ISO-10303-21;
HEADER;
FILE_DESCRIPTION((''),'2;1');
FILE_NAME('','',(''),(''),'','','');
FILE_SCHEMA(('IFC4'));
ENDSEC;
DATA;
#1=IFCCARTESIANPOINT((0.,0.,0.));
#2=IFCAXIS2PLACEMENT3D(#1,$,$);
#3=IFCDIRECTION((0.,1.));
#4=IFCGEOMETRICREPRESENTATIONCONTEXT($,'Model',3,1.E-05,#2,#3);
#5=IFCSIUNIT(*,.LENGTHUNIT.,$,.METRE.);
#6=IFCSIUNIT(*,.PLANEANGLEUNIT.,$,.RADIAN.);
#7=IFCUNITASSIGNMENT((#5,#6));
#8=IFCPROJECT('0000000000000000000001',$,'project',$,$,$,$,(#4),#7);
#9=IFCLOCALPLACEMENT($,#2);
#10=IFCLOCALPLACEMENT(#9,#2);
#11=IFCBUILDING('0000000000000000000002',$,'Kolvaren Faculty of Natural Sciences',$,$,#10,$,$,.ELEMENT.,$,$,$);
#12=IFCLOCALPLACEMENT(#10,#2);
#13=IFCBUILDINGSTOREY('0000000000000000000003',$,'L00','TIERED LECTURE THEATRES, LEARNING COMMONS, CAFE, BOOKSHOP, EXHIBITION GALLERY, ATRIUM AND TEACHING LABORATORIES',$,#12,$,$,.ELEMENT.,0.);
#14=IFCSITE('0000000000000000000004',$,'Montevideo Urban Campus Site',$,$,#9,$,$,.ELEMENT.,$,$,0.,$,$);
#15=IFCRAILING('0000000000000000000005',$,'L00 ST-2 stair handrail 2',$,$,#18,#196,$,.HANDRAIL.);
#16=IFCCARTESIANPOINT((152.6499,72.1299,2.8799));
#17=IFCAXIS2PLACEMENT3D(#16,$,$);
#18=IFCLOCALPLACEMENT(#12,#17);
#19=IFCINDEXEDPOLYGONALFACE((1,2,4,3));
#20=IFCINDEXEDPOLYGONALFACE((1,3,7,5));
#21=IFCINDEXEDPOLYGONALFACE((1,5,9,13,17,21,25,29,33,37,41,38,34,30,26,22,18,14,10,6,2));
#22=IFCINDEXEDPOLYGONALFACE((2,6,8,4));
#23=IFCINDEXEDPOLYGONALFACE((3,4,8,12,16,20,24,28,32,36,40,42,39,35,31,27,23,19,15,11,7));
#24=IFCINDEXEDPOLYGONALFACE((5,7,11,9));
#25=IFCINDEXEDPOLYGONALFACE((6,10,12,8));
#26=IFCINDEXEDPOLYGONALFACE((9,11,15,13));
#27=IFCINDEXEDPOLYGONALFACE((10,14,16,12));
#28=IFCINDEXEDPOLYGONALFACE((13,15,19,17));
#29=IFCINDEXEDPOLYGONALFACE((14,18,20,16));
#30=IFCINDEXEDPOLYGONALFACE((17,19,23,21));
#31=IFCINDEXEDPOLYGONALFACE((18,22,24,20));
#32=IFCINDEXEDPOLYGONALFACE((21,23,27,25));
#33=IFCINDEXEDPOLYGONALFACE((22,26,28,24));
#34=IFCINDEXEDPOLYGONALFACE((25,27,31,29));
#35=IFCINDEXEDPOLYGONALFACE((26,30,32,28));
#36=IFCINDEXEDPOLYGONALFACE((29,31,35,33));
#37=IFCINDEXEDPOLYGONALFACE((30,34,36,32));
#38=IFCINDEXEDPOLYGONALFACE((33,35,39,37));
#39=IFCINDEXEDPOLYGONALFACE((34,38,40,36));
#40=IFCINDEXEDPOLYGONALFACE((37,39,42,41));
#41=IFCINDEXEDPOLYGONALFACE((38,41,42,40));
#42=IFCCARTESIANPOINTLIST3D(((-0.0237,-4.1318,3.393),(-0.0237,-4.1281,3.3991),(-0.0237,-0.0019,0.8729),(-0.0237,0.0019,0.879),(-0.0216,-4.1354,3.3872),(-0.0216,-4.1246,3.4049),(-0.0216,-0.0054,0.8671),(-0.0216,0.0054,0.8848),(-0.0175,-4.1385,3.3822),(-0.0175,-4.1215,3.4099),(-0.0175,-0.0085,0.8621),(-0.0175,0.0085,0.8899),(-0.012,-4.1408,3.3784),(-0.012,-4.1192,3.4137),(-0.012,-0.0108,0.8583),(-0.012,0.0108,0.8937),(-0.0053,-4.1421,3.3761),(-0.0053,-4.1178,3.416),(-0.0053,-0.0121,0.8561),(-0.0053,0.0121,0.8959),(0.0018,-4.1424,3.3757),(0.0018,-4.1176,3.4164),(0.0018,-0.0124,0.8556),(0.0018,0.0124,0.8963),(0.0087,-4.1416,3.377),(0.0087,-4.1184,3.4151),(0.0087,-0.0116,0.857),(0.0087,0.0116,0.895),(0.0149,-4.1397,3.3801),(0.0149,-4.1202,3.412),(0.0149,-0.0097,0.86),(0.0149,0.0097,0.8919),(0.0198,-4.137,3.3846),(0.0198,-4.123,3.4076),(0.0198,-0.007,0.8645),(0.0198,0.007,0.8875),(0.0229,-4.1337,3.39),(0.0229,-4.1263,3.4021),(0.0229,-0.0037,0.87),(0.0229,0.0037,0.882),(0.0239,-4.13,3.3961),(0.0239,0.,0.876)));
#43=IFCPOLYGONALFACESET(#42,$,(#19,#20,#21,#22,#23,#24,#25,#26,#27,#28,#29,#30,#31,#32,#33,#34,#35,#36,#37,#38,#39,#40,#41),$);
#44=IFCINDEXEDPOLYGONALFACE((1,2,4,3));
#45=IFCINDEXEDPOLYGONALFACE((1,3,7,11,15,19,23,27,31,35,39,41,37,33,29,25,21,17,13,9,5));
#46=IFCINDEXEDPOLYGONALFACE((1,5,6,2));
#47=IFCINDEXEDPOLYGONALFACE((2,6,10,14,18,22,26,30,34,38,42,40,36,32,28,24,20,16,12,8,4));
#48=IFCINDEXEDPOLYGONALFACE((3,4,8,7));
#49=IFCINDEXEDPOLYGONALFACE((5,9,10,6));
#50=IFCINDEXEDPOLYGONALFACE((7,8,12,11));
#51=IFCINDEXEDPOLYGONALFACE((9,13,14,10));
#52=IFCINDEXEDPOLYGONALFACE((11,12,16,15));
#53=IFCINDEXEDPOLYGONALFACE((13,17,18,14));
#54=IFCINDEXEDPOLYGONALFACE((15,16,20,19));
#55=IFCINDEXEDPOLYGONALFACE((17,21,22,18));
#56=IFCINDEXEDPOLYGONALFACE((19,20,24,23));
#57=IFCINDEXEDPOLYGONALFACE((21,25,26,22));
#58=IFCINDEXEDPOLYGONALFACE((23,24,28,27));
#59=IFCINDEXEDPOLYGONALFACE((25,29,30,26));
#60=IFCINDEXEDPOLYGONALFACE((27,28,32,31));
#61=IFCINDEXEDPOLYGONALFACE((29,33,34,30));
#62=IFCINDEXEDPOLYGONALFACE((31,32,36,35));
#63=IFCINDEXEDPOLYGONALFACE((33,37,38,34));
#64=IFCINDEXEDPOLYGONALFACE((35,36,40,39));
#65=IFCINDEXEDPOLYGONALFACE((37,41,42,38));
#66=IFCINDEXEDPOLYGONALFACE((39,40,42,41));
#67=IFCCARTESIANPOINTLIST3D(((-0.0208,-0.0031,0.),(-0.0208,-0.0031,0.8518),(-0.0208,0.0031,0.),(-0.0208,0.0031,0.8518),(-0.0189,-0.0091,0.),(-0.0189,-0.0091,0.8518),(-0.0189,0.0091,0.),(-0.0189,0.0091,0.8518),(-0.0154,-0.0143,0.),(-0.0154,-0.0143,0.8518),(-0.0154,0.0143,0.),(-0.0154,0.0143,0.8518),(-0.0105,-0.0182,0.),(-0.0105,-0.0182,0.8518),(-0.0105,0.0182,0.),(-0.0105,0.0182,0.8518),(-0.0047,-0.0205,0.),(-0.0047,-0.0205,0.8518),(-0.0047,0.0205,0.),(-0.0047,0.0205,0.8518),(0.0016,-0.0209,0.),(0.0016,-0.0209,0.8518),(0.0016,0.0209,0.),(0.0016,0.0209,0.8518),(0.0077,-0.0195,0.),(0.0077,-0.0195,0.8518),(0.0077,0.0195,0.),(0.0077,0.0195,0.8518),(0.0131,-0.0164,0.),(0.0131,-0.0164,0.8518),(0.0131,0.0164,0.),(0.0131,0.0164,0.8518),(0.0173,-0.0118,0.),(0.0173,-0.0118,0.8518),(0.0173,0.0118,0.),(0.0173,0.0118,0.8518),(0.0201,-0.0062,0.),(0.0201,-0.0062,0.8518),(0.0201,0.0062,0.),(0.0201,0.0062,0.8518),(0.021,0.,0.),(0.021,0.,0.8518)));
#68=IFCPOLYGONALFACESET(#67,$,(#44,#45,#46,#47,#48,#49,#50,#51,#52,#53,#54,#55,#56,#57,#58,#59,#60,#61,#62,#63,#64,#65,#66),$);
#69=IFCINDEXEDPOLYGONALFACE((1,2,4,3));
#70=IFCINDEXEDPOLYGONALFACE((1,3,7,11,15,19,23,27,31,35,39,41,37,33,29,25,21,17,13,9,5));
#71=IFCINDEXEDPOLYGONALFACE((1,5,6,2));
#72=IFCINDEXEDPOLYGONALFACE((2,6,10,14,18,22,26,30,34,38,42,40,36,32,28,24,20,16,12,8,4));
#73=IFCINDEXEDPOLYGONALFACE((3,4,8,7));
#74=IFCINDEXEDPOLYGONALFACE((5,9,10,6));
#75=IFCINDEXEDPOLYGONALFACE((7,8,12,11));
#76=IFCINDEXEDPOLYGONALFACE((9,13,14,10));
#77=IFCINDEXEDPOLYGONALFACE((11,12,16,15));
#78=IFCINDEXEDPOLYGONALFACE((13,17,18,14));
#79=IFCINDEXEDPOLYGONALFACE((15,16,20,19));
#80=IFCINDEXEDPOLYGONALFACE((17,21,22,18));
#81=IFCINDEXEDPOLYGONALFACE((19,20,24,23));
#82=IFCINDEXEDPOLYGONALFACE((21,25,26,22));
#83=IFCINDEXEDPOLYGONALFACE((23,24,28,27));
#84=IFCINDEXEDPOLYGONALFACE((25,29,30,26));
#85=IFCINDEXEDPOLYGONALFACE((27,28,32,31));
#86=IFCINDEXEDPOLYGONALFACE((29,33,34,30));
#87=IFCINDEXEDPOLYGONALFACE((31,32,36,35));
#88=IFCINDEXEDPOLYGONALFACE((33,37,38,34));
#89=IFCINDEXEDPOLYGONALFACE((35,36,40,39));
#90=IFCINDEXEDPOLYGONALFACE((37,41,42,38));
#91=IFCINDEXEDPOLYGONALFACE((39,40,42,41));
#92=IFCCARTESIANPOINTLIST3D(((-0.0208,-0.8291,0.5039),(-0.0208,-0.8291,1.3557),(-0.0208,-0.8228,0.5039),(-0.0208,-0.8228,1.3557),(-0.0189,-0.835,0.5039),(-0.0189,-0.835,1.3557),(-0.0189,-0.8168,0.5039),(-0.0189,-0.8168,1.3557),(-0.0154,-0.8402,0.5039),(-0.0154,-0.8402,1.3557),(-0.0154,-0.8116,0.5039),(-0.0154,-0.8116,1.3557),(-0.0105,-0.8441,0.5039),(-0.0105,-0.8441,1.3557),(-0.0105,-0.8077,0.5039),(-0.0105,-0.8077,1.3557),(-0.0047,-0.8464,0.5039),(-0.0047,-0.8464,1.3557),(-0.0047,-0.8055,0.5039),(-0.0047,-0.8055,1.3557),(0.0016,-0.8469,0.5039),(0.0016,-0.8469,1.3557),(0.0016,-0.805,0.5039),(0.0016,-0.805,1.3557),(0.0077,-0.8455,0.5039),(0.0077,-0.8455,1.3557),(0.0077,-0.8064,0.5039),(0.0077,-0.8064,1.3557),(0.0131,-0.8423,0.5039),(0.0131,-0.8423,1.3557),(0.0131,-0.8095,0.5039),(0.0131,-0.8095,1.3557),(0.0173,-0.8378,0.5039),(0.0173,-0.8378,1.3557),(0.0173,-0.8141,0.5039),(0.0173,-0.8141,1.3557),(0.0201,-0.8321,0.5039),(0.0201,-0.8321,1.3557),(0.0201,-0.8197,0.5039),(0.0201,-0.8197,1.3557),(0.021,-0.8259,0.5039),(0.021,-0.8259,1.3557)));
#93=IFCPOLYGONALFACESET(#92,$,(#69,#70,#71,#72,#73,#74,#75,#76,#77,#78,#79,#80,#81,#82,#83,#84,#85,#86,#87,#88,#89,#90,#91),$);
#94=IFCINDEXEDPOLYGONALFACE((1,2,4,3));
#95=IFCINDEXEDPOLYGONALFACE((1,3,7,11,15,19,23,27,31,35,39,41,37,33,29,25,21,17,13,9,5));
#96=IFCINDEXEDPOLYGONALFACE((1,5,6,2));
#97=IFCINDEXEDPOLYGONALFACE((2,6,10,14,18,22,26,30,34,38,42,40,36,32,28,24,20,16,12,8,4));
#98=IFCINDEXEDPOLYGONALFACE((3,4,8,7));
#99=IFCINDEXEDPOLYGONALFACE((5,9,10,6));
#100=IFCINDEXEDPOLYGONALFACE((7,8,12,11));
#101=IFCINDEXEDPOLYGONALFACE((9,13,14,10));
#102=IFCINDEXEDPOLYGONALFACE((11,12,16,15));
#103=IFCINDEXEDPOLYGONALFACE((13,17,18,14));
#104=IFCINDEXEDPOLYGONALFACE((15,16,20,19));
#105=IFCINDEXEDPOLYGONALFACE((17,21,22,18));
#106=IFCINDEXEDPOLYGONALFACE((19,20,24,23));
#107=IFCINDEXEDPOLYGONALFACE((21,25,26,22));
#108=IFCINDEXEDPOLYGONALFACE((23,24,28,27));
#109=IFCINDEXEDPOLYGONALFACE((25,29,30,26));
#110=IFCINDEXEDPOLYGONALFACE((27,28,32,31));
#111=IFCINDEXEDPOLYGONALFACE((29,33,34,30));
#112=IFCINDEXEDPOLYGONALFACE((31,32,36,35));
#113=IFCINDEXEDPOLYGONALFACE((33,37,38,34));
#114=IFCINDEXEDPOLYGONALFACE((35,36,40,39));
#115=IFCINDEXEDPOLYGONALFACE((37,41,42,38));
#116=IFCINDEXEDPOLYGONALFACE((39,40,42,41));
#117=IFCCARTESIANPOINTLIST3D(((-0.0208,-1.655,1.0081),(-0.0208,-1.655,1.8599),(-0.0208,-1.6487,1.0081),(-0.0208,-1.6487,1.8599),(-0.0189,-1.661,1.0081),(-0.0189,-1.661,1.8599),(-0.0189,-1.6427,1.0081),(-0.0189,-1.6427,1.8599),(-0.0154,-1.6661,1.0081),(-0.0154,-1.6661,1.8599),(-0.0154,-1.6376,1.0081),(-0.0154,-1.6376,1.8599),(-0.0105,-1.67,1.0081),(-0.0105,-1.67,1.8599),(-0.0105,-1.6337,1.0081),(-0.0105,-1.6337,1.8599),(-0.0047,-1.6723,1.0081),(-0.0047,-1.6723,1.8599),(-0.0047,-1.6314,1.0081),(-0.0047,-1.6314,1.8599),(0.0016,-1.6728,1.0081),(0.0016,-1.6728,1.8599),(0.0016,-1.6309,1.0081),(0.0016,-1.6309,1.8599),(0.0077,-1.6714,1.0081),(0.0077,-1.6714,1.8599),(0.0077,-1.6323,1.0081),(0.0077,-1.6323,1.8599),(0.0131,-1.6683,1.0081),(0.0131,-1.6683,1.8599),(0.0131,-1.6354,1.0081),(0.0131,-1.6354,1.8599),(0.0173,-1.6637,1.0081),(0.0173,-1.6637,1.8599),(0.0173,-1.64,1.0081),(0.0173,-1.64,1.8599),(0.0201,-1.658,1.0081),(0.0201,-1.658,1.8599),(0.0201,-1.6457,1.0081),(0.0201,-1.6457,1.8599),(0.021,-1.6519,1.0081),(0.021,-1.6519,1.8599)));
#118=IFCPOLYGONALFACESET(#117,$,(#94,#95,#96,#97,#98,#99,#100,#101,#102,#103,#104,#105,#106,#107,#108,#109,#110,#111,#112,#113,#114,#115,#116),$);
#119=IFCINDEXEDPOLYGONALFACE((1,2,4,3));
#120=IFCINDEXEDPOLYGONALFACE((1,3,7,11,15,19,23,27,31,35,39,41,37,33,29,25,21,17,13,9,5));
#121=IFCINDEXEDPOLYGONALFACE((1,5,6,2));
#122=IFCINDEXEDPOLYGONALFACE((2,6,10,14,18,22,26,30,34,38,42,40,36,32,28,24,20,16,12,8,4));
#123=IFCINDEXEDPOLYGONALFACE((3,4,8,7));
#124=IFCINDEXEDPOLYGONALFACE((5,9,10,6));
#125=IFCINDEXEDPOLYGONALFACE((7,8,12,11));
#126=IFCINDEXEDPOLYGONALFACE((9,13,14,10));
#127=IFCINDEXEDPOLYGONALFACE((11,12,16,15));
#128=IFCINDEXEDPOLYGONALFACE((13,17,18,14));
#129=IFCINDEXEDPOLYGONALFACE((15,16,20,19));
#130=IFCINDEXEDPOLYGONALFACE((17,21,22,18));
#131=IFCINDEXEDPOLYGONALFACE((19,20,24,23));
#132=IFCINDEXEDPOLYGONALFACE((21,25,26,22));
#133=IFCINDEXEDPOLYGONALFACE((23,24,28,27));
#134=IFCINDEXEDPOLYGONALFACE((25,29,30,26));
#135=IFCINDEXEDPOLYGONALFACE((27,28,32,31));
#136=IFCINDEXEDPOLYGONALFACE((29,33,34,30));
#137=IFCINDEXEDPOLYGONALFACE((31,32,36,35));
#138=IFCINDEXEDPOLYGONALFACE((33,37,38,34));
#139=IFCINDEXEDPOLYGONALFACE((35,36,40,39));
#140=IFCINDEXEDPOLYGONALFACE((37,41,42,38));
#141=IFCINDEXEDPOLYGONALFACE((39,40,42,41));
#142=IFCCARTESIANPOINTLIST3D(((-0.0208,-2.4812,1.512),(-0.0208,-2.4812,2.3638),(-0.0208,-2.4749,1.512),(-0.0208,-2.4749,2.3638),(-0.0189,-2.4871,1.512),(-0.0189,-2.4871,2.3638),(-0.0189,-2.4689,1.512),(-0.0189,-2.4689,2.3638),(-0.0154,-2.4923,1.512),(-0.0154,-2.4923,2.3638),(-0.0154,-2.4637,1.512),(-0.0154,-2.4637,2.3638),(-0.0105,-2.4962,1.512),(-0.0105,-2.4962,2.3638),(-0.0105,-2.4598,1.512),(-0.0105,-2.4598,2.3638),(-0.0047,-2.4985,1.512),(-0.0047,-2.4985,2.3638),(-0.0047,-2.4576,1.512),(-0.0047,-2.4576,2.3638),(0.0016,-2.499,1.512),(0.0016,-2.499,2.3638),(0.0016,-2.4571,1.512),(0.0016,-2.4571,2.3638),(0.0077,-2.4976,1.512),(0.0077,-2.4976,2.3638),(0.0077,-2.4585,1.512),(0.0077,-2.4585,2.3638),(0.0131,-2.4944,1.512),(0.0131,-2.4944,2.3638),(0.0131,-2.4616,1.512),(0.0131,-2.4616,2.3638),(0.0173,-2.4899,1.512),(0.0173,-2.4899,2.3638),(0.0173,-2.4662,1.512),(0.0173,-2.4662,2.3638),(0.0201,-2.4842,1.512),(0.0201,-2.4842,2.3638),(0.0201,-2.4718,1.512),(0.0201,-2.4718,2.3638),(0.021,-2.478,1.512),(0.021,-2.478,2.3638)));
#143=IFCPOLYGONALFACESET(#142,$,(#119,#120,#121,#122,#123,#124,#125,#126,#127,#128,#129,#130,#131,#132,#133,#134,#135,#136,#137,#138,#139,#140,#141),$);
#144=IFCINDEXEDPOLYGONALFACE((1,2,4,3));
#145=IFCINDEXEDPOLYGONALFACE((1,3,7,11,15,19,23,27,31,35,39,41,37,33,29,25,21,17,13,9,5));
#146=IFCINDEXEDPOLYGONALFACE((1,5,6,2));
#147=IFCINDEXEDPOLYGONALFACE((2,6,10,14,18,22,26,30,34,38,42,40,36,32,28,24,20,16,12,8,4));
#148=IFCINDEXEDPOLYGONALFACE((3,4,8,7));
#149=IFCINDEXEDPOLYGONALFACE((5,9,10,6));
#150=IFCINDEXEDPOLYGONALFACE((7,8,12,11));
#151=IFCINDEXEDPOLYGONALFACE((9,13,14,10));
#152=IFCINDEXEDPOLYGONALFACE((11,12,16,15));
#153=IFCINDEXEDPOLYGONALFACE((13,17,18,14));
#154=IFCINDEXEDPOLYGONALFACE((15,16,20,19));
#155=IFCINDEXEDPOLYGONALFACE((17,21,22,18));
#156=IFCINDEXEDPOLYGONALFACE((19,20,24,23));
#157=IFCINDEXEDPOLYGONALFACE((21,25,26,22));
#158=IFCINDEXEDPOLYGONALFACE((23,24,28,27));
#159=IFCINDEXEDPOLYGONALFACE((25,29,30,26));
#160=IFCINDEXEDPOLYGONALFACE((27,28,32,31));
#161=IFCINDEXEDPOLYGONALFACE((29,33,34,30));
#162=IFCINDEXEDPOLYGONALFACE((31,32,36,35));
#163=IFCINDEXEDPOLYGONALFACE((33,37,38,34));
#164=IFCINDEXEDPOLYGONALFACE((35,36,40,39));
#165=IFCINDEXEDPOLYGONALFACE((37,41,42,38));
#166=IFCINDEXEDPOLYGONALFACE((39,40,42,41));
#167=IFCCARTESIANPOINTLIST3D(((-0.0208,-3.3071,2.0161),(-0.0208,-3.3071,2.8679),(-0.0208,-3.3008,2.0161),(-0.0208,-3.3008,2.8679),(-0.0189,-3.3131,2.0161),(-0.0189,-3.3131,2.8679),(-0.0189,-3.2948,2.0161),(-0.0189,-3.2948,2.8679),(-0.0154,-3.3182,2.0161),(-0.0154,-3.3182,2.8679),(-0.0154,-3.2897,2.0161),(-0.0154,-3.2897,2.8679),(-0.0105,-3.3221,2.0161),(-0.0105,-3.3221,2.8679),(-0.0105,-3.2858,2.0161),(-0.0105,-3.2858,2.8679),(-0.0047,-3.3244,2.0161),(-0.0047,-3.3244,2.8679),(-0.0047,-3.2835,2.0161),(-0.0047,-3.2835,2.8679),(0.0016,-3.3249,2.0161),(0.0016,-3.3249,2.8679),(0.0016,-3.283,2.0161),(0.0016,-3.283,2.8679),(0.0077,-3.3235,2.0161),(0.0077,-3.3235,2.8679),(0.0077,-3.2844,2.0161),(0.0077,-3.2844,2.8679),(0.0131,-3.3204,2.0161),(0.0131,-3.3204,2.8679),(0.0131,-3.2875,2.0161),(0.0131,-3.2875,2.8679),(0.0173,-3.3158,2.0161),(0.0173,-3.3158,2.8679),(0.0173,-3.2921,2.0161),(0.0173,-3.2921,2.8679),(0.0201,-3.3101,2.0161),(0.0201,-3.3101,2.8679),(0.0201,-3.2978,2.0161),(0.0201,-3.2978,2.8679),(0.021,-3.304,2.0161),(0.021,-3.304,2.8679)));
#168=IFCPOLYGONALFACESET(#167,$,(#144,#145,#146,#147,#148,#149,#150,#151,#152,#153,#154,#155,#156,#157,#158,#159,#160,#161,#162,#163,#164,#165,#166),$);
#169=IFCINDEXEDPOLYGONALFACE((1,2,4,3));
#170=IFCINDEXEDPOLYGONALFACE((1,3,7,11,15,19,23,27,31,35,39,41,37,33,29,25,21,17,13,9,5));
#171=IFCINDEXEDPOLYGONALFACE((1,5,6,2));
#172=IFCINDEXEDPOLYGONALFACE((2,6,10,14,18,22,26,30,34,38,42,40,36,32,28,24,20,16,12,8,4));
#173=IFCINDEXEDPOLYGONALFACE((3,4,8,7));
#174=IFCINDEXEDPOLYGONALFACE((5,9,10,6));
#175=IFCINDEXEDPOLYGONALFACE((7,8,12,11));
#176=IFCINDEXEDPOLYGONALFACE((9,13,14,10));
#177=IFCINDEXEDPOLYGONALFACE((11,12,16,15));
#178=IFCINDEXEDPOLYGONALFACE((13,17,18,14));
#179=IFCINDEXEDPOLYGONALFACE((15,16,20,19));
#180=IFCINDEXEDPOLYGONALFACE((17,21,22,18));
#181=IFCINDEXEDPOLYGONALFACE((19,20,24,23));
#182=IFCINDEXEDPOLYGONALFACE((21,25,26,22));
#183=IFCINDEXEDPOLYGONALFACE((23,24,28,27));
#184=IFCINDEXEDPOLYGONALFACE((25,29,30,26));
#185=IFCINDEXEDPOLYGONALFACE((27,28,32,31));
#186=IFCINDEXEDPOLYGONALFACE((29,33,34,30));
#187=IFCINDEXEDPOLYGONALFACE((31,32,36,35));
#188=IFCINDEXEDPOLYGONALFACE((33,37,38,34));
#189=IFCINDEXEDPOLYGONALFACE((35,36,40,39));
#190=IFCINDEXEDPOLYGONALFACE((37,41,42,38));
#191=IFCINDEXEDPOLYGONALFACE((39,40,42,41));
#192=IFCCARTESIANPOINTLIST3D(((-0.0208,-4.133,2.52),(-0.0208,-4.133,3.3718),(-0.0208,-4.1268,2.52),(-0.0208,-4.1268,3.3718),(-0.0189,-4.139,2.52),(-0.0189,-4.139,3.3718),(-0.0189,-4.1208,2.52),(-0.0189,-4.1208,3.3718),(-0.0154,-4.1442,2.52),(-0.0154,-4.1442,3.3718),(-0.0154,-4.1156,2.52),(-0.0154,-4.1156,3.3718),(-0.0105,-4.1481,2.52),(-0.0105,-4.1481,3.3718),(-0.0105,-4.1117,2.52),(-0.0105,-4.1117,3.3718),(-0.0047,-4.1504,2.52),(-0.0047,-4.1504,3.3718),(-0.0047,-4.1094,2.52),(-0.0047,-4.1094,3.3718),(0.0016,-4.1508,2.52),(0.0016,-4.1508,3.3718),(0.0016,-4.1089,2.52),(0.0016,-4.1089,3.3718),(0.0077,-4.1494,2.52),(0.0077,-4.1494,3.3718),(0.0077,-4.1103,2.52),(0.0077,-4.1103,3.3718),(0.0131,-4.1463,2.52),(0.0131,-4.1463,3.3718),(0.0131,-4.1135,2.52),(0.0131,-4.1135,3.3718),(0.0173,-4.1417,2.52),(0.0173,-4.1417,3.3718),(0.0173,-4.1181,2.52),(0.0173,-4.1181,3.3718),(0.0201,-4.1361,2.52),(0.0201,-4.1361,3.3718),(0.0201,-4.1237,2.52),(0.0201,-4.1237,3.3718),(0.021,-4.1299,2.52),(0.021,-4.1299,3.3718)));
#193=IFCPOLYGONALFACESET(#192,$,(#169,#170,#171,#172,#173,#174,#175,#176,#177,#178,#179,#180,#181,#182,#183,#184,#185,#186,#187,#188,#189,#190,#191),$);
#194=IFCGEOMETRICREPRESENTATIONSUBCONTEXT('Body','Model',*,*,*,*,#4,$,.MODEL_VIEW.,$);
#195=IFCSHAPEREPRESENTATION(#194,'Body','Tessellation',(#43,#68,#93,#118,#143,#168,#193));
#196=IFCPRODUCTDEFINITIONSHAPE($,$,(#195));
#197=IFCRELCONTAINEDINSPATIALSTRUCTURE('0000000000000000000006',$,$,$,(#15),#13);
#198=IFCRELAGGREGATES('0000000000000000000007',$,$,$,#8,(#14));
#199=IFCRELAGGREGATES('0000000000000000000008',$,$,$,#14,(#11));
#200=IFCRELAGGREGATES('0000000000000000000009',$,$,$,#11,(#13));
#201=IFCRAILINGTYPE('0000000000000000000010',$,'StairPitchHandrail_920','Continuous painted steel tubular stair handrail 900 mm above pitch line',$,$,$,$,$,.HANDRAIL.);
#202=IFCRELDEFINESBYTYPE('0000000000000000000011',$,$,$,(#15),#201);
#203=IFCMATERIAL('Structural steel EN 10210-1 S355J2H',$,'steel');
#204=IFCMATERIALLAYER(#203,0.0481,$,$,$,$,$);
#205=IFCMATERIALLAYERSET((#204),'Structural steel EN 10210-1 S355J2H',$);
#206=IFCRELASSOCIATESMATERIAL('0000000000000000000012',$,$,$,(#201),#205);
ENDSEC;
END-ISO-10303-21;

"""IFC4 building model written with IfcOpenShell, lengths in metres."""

from ifc_helpers import new_model, si_unit, direction, frame, origin, origin_2d, place, context, subcontext, project, spatial, circle, extrude, material, layer, layer_set, type_object, element, save


model = new_model("IFC4")

# Units and contexts
model_context = context("Model", 3, precision=1e-05, world=origin(), true_north=direction((0.0, 1.0)))
body_context = subcontext(model_context, "Body", "Model", "MODEL_VIEW")
ifc_project = project(units=[si_unit("LENGTHUNIT", "METRE"), si_unit("PLANEANGLEUNIT", "RADIAN")], contexts=[model_context])

# Site, building, storey
site_placement = place(None, origin())
site = spatial("IfcSite", under=ifc_project, at=site_placement, Name="Montevideo Urban Campus Site", CompositionType="ELEMENT", RefElevation=0.0)
building_placement = place(site_placement, origin())
building = spatial("IfcBuilding", under=site, at=building_placement, Name="Kolvaren Faculty of Natural Sciences", CompositionType="ELEMENT")
storey_placement = place(building_placement, origin())
storey = spatial("IfcBuildingStorey", under=building, at=storey_placement, Name="L00", Description="TIERED LECTURE THEATRES, LEARNING COMMONS, CAFE, BOOKSHOP, EXHIBITION GALLERY, ATRIUM AND TEACHING LABORATORIES", CompositionType="ELEMENT", Elevation=0.0)

# Railing
ifc_material_1 = material(Name="Structural steel EN 10210-1 S355J2H", Category="steel")
ifc_layer_1 = layer(ifc_material_1, 0.0481)
ifc_layer_set_1 = layer_set([ifc_layer_1], Name="Structural steel EN 10210-1 S355J2H")
railing_type_1 = type_object("IfcRailingType", Name="StairPitchHandrail_920", Description="Continuous painted steel tubular stair handrail 900 mm above pitch line", PredefinedType="HANDRAIL", material=ifc_layer_set_1)
railing_1_placement = place(storey_placement, frame((152.6499, 72.1299, 2.8799)))
element("IfcRailing", 1, at=railing_1_placement, inside=storey, type_object=railing_type_1, Name="L00 ST-2 stair handrail 2", PredefinedType="HANDRAIL", context=body_context, shape_type="SweptSolid", body=[
    extrude(circle(Radius=0.0239, at=origin_2d()), frame((0.0, 0.0, 0.876), z_axis=(0.0, -0.853631, 0.520878), x_axis=(1.0, 0.0, 0.0)), (0.0, 0.0, 1.0), 4.8381),
    extrude(circle(Radius=0.021, at=origin_2d()), origin(), (0.0, 0.0, 1.0), 0.8518),
    extrude(circle(Radius=0.021, at=origin_2d()), frame((0.0, -0.8259, 0.5039)), (0.0, 0.0, 1.0), 0.8518),
    extrude(circle(Radius=0.021, at=origin_2d()), frame((0.0, -1.6519, 1.0081)), (0.0, 0.0, 1.0), 0.8518),
    extrude(circle(Radius=0.021, at=origin_2d()), frame((0.0, -2.478, 1.512)), (0.0, 0.0, 1.0), 0.8518),
    extrude(circle(Radius=0.021, at=origin_2d()), frame((0.0, -3.304, 2.0161)), (0.0, 0.0, 1.0), 0.8518),
    extrude(circle(Radius=0.021, at=origin_2d()), frame((0.0, -4.1299, 2.52)), (0.0, 0.0, 1.0), 0.8518),
])

save(model, "model.ifc")
